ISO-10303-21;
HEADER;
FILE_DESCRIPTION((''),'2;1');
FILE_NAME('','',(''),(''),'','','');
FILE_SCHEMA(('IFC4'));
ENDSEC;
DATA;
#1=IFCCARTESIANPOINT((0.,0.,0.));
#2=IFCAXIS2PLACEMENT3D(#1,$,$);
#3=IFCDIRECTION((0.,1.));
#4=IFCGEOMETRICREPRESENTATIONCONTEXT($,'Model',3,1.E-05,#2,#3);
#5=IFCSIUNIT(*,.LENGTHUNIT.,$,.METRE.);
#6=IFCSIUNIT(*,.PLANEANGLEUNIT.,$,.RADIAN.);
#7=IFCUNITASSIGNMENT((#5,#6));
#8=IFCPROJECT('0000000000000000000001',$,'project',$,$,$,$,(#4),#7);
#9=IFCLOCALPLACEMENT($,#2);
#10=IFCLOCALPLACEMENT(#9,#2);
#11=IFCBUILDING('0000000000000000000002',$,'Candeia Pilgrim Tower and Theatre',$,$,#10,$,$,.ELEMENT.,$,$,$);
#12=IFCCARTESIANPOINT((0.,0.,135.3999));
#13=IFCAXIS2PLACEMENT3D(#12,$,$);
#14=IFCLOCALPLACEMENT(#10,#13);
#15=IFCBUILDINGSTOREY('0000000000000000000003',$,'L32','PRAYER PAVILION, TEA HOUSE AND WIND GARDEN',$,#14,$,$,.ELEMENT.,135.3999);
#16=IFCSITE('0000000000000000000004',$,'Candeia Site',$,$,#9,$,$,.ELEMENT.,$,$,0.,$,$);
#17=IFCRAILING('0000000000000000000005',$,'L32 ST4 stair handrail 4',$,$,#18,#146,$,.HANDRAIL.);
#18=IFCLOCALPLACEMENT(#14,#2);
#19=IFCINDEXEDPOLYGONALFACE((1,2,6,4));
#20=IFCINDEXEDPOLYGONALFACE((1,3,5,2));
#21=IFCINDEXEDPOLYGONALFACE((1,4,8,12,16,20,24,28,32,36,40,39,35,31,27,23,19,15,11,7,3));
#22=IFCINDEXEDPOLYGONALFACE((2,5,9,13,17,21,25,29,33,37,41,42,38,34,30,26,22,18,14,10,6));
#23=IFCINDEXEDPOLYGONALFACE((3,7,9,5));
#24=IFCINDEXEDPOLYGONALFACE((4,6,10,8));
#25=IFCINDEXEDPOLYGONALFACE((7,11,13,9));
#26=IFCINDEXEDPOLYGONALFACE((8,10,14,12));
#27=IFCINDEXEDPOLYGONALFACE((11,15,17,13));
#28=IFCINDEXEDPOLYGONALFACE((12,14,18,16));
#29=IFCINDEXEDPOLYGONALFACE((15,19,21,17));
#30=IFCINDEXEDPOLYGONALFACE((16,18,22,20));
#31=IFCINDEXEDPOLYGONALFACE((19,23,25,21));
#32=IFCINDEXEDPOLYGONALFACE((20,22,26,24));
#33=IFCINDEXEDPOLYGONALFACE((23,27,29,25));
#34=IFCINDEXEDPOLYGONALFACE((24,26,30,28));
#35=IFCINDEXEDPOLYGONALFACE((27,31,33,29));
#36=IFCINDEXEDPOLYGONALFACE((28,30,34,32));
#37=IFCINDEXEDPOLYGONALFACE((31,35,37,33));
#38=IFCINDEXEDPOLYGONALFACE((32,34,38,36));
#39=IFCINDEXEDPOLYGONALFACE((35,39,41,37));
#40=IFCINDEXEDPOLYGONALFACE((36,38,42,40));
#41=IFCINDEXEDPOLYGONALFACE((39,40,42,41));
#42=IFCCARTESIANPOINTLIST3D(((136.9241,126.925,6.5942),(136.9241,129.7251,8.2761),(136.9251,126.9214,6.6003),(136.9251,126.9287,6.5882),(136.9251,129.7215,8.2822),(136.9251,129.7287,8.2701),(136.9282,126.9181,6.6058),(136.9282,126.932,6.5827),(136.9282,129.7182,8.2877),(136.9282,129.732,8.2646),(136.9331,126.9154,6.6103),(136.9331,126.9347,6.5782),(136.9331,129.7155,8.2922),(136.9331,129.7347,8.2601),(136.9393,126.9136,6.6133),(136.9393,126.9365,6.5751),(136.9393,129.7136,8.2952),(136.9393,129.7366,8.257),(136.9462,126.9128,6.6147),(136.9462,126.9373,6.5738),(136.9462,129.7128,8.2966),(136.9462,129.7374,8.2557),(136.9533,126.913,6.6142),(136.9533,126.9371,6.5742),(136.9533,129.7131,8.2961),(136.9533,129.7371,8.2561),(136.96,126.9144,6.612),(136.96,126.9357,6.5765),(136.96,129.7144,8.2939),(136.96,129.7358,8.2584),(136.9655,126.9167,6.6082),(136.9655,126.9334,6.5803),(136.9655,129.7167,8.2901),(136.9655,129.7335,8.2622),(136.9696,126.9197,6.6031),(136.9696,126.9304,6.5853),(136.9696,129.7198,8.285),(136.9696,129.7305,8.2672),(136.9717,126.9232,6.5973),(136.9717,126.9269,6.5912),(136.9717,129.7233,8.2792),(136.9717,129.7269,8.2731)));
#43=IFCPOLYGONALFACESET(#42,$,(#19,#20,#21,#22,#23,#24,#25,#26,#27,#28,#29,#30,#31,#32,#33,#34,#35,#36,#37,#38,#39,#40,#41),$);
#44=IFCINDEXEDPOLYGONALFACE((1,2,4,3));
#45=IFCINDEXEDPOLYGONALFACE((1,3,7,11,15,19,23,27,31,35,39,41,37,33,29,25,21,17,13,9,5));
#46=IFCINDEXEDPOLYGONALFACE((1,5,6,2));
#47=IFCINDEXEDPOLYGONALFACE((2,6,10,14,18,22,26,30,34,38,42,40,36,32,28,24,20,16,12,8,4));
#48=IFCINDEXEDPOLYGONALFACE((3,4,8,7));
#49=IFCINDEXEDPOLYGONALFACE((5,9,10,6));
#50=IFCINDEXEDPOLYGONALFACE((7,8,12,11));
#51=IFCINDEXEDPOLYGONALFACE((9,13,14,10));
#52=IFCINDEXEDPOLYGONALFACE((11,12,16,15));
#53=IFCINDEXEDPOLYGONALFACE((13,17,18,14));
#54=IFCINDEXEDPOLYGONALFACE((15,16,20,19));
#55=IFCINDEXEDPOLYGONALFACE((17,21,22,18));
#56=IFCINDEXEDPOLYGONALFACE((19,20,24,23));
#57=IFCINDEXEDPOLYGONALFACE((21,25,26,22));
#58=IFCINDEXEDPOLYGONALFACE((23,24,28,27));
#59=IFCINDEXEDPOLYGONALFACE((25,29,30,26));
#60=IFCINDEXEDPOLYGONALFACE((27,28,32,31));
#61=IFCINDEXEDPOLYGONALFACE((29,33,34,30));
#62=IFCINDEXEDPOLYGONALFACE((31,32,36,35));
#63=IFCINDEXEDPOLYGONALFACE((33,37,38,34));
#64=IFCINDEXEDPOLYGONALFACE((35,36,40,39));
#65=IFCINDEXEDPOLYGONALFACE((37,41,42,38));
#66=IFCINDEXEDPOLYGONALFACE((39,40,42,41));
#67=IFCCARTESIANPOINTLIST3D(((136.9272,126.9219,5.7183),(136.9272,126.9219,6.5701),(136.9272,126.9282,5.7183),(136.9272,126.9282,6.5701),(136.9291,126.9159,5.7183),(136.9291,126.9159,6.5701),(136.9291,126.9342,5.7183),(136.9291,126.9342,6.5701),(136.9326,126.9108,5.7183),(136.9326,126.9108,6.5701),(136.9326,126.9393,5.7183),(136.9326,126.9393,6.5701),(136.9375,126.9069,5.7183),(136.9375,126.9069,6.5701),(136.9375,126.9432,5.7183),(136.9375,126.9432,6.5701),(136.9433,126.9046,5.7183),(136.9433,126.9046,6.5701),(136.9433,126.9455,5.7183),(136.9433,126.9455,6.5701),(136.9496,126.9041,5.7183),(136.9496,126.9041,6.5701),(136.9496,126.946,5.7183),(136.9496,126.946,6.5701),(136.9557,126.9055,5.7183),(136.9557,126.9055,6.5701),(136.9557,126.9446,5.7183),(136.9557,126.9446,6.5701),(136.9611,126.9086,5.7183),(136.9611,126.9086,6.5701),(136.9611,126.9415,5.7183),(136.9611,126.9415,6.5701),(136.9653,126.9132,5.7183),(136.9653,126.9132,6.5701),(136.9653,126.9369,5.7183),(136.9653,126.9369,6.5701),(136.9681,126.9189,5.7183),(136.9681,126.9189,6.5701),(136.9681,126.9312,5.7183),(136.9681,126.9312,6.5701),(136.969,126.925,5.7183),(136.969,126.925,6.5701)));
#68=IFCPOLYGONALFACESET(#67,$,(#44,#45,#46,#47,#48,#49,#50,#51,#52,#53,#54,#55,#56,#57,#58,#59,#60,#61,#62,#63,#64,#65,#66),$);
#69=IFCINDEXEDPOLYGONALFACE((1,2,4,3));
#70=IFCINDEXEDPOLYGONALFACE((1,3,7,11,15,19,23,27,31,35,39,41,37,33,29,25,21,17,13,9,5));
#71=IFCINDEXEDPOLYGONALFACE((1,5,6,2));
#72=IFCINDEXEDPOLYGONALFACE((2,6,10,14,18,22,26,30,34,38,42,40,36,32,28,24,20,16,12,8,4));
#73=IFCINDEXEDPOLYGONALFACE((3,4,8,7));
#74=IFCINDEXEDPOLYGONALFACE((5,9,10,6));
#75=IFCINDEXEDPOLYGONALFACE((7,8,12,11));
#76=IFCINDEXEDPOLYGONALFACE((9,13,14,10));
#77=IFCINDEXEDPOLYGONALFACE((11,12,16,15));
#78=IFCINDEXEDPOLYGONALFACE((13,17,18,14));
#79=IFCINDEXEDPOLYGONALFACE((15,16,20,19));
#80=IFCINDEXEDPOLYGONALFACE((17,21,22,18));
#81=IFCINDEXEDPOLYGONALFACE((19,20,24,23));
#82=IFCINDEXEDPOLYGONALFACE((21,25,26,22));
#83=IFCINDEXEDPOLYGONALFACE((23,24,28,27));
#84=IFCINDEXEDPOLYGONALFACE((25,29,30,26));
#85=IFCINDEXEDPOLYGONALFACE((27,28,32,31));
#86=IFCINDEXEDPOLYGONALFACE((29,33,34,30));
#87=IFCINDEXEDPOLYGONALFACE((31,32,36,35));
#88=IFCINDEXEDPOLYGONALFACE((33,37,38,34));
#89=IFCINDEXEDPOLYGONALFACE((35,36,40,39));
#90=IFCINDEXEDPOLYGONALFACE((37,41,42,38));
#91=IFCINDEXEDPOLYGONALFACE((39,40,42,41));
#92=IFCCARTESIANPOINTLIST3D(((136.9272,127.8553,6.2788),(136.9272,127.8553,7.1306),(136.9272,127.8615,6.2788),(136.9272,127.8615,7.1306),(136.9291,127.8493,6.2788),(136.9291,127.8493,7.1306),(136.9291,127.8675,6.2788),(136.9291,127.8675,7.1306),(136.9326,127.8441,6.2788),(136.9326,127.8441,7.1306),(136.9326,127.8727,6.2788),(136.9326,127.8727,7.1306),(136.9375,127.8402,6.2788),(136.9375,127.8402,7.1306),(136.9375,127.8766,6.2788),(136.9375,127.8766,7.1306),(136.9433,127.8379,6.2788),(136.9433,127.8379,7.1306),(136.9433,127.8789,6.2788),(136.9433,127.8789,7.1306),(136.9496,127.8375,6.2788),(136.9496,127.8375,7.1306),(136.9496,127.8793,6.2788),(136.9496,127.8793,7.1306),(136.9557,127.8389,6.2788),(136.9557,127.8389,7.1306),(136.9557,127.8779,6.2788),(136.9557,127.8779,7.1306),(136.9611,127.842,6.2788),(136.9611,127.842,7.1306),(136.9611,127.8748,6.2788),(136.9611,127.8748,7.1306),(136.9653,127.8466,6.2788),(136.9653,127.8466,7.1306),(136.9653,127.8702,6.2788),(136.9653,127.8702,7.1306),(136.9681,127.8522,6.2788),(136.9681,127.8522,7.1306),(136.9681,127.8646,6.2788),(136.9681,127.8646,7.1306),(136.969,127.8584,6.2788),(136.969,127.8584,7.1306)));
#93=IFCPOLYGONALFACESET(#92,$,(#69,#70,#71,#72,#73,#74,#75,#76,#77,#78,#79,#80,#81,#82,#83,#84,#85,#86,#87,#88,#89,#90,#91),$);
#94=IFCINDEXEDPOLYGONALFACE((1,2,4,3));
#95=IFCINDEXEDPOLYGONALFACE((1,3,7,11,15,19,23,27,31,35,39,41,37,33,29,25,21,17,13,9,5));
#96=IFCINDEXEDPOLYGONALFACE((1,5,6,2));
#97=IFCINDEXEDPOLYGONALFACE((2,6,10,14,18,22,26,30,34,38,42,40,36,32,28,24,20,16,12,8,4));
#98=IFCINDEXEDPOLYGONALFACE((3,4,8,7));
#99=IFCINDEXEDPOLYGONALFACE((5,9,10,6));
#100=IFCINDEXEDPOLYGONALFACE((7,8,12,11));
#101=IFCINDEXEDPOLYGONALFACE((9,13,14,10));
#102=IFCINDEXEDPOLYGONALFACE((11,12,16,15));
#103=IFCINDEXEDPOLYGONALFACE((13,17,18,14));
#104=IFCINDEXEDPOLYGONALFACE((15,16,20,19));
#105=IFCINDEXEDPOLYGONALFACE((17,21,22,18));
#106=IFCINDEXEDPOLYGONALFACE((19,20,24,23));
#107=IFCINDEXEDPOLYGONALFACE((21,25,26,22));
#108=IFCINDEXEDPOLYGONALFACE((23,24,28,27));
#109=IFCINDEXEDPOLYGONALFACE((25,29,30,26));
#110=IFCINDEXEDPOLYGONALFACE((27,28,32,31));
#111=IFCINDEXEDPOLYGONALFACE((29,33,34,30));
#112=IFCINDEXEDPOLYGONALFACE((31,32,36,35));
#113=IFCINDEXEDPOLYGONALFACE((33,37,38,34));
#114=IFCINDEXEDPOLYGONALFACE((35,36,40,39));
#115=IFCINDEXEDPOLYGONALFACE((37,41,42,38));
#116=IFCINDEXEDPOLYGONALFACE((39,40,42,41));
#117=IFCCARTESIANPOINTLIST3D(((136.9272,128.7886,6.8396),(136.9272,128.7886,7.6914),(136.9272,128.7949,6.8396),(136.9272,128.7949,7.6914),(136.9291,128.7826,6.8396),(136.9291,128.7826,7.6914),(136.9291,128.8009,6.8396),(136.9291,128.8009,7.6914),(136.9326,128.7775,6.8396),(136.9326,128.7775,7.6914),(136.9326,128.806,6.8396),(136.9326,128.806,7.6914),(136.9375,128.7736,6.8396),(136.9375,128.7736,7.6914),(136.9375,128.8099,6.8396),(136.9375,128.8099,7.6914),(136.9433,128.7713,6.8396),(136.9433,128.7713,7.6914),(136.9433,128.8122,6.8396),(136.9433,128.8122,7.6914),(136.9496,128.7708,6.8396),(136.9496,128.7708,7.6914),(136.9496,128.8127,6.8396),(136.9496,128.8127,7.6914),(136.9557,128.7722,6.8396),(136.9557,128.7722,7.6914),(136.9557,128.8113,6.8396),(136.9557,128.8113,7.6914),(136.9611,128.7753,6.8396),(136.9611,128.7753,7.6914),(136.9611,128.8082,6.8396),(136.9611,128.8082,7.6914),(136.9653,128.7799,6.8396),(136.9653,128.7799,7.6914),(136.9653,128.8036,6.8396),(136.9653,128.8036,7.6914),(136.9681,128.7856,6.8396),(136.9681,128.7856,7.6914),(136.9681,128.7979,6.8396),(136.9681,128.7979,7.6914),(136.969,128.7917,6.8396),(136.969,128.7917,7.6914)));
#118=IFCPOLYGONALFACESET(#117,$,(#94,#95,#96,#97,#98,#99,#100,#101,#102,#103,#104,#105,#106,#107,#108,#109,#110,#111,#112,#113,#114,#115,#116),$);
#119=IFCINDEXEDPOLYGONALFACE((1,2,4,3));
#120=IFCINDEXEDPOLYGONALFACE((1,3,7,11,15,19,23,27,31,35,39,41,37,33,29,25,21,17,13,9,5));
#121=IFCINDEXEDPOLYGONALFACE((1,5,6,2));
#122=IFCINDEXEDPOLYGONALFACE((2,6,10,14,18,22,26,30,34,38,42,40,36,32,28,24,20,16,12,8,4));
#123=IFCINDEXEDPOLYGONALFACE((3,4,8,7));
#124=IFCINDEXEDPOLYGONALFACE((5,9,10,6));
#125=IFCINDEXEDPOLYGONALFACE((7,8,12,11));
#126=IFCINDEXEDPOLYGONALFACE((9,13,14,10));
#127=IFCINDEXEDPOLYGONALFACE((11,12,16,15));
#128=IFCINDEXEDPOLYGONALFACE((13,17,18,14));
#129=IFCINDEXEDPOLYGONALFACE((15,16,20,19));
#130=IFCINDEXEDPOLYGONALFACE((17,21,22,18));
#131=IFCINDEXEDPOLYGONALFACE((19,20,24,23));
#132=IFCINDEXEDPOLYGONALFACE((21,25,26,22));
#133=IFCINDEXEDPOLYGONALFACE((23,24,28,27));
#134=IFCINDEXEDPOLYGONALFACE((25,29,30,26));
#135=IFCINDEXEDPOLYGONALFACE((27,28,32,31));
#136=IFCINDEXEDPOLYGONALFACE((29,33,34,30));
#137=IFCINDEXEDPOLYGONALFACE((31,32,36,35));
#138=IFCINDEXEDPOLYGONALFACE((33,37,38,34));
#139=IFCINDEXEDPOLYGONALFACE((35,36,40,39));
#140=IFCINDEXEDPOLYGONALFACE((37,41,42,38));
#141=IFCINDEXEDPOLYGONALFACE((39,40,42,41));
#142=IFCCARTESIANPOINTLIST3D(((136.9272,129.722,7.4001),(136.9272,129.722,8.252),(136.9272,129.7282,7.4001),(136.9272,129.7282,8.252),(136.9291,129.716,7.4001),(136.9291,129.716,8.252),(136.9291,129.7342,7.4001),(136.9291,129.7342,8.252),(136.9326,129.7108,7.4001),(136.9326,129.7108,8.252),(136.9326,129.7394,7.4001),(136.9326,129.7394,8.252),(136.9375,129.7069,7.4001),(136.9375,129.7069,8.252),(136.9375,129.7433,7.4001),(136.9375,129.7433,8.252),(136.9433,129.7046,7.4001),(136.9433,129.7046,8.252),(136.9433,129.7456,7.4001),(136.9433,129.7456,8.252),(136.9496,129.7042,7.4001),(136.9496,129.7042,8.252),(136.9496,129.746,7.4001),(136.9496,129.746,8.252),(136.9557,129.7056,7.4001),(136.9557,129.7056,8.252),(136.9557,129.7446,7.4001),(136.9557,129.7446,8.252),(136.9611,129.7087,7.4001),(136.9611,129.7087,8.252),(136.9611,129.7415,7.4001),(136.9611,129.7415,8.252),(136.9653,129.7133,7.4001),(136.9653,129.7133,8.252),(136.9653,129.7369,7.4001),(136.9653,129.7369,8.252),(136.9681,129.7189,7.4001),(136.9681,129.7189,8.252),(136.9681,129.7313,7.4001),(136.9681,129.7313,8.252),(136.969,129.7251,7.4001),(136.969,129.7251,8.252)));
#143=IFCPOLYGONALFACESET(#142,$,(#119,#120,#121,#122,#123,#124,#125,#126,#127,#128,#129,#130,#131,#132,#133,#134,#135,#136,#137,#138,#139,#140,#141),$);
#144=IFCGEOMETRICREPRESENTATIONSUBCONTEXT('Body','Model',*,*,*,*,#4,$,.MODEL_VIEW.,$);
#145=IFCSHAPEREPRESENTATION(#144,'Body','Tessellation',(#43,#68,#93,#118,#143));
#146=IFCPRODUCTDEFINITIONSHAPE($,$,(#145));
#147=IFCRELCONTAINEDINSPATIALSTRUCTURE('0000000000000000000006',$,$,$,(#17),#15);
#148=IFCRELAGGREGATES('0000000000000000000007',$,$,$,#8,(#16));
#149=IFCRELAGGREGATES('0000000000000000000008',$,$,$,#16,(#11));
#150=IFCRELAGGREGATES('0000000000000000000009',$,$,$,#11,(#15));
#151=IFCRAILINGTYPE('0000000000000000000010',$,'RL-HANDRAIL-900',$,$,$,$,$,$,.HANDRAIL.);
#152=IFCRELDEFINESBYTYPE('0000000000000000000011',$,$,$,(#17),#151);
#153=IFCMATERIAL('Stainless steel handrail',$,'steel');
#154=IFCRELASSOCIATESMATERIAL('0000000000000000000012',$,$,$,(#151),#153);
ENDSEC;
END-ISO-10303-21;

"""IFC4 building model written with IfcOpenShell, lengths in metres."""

from ifc_helpers import new_model, si_unit, direction, frame, origin, origin_2d, place, context, subcontext, project, spatial, circle, extrude, material, type_object, element, save


model = new_model("IFC4")

# Units and contexts
model_context = context("Model", 3, precision=1e-05, world=origin(), true_north=direction((0.0, 1.0)))
body_context = subcontext(model_context, "Body", "Model", "MODEL_VIEW")
ifc_project = project(units=[si_unit("LENGTHUNIT", "METRE"), si_unit("PLANEANGLEUNIT", "RADIAN")], contexts=[model_context])

# Site, building, storey
site_placement = place(None, origin())
site = spatial("IfcSite", under=ifc_project, at=site_placement, Name="Candeia Site", CompositionType="ELEMENT", RefElevation=0.0)
building_placement = place(site_placement, origin())
building = spatial("IfcBuilding", under=site, at=building_placement, Name="Candeia Pilgrim Tower and Theatre", CompositionType="ELEMENT")
storey_placement = place(building_placement, frame((0.0, 0.0, 135.3999)))
storey = spatial("IfcBuildingStorey", under=building, at=storey_placement, Name="L32", Description="PRAYER PAVILION, TEA HOUSE AND WIND GARDEN", CompositionType="ELEMENT", Elevation=135.3999)

# Railing
ifc_material_1 = material(Name="Stainless steel handrail", Category="steel")
railing_type_1 = type_object("IfcRailingType", Name="RL-HANDRAIL-900", PredefinedType="HANDRAIL", material=ifc_material_1)
railing_1_placement = place(storey_placement, frame((136.948, 126.925, 5.7183)))
element("IfcRailing", 1, at=railing_1_placement, inside=storey, type_object=railing_type_1, Name="L32 ST4 stair handrail 4", PredefinedType="HANDRAIL", context=body_context, shape_type="SweptSolid", body=[
    extrude(circle(Radius=0.0239, at=origin_2d()), frame((0.0, 0.0, 0.876), z_axis=(0.0, 0.857242, 0.514913), x_axis=(-1.0, 0.0, 0.0)), (0.0, 0.0, 1.0), 3.2664),
    extrude(circle(Radius=0.021, at=origin_2d()), origin(), (0.0, 0.0, 1.0), 0.8518),
    extrude(circle(Radius=0.021, at=origin_2d()), frame((0.0, 0.9333, 0.5605)), (0.0, 0.0, 1.0), 0.8518),
    extrude(circle(Radius=0.021, at=origin_2d()), frame((0.0, 1.8667, 1.1213)), (0.0, 0.0, 1.0), 0.8518),
    extrude(circle(Radius=0.021, at=origin_2d()), frame((0.0, 2.8, 1.6819)), (0.0, 0.0, 1.0), 0.8518),
])

save(model, "model.ifc")
